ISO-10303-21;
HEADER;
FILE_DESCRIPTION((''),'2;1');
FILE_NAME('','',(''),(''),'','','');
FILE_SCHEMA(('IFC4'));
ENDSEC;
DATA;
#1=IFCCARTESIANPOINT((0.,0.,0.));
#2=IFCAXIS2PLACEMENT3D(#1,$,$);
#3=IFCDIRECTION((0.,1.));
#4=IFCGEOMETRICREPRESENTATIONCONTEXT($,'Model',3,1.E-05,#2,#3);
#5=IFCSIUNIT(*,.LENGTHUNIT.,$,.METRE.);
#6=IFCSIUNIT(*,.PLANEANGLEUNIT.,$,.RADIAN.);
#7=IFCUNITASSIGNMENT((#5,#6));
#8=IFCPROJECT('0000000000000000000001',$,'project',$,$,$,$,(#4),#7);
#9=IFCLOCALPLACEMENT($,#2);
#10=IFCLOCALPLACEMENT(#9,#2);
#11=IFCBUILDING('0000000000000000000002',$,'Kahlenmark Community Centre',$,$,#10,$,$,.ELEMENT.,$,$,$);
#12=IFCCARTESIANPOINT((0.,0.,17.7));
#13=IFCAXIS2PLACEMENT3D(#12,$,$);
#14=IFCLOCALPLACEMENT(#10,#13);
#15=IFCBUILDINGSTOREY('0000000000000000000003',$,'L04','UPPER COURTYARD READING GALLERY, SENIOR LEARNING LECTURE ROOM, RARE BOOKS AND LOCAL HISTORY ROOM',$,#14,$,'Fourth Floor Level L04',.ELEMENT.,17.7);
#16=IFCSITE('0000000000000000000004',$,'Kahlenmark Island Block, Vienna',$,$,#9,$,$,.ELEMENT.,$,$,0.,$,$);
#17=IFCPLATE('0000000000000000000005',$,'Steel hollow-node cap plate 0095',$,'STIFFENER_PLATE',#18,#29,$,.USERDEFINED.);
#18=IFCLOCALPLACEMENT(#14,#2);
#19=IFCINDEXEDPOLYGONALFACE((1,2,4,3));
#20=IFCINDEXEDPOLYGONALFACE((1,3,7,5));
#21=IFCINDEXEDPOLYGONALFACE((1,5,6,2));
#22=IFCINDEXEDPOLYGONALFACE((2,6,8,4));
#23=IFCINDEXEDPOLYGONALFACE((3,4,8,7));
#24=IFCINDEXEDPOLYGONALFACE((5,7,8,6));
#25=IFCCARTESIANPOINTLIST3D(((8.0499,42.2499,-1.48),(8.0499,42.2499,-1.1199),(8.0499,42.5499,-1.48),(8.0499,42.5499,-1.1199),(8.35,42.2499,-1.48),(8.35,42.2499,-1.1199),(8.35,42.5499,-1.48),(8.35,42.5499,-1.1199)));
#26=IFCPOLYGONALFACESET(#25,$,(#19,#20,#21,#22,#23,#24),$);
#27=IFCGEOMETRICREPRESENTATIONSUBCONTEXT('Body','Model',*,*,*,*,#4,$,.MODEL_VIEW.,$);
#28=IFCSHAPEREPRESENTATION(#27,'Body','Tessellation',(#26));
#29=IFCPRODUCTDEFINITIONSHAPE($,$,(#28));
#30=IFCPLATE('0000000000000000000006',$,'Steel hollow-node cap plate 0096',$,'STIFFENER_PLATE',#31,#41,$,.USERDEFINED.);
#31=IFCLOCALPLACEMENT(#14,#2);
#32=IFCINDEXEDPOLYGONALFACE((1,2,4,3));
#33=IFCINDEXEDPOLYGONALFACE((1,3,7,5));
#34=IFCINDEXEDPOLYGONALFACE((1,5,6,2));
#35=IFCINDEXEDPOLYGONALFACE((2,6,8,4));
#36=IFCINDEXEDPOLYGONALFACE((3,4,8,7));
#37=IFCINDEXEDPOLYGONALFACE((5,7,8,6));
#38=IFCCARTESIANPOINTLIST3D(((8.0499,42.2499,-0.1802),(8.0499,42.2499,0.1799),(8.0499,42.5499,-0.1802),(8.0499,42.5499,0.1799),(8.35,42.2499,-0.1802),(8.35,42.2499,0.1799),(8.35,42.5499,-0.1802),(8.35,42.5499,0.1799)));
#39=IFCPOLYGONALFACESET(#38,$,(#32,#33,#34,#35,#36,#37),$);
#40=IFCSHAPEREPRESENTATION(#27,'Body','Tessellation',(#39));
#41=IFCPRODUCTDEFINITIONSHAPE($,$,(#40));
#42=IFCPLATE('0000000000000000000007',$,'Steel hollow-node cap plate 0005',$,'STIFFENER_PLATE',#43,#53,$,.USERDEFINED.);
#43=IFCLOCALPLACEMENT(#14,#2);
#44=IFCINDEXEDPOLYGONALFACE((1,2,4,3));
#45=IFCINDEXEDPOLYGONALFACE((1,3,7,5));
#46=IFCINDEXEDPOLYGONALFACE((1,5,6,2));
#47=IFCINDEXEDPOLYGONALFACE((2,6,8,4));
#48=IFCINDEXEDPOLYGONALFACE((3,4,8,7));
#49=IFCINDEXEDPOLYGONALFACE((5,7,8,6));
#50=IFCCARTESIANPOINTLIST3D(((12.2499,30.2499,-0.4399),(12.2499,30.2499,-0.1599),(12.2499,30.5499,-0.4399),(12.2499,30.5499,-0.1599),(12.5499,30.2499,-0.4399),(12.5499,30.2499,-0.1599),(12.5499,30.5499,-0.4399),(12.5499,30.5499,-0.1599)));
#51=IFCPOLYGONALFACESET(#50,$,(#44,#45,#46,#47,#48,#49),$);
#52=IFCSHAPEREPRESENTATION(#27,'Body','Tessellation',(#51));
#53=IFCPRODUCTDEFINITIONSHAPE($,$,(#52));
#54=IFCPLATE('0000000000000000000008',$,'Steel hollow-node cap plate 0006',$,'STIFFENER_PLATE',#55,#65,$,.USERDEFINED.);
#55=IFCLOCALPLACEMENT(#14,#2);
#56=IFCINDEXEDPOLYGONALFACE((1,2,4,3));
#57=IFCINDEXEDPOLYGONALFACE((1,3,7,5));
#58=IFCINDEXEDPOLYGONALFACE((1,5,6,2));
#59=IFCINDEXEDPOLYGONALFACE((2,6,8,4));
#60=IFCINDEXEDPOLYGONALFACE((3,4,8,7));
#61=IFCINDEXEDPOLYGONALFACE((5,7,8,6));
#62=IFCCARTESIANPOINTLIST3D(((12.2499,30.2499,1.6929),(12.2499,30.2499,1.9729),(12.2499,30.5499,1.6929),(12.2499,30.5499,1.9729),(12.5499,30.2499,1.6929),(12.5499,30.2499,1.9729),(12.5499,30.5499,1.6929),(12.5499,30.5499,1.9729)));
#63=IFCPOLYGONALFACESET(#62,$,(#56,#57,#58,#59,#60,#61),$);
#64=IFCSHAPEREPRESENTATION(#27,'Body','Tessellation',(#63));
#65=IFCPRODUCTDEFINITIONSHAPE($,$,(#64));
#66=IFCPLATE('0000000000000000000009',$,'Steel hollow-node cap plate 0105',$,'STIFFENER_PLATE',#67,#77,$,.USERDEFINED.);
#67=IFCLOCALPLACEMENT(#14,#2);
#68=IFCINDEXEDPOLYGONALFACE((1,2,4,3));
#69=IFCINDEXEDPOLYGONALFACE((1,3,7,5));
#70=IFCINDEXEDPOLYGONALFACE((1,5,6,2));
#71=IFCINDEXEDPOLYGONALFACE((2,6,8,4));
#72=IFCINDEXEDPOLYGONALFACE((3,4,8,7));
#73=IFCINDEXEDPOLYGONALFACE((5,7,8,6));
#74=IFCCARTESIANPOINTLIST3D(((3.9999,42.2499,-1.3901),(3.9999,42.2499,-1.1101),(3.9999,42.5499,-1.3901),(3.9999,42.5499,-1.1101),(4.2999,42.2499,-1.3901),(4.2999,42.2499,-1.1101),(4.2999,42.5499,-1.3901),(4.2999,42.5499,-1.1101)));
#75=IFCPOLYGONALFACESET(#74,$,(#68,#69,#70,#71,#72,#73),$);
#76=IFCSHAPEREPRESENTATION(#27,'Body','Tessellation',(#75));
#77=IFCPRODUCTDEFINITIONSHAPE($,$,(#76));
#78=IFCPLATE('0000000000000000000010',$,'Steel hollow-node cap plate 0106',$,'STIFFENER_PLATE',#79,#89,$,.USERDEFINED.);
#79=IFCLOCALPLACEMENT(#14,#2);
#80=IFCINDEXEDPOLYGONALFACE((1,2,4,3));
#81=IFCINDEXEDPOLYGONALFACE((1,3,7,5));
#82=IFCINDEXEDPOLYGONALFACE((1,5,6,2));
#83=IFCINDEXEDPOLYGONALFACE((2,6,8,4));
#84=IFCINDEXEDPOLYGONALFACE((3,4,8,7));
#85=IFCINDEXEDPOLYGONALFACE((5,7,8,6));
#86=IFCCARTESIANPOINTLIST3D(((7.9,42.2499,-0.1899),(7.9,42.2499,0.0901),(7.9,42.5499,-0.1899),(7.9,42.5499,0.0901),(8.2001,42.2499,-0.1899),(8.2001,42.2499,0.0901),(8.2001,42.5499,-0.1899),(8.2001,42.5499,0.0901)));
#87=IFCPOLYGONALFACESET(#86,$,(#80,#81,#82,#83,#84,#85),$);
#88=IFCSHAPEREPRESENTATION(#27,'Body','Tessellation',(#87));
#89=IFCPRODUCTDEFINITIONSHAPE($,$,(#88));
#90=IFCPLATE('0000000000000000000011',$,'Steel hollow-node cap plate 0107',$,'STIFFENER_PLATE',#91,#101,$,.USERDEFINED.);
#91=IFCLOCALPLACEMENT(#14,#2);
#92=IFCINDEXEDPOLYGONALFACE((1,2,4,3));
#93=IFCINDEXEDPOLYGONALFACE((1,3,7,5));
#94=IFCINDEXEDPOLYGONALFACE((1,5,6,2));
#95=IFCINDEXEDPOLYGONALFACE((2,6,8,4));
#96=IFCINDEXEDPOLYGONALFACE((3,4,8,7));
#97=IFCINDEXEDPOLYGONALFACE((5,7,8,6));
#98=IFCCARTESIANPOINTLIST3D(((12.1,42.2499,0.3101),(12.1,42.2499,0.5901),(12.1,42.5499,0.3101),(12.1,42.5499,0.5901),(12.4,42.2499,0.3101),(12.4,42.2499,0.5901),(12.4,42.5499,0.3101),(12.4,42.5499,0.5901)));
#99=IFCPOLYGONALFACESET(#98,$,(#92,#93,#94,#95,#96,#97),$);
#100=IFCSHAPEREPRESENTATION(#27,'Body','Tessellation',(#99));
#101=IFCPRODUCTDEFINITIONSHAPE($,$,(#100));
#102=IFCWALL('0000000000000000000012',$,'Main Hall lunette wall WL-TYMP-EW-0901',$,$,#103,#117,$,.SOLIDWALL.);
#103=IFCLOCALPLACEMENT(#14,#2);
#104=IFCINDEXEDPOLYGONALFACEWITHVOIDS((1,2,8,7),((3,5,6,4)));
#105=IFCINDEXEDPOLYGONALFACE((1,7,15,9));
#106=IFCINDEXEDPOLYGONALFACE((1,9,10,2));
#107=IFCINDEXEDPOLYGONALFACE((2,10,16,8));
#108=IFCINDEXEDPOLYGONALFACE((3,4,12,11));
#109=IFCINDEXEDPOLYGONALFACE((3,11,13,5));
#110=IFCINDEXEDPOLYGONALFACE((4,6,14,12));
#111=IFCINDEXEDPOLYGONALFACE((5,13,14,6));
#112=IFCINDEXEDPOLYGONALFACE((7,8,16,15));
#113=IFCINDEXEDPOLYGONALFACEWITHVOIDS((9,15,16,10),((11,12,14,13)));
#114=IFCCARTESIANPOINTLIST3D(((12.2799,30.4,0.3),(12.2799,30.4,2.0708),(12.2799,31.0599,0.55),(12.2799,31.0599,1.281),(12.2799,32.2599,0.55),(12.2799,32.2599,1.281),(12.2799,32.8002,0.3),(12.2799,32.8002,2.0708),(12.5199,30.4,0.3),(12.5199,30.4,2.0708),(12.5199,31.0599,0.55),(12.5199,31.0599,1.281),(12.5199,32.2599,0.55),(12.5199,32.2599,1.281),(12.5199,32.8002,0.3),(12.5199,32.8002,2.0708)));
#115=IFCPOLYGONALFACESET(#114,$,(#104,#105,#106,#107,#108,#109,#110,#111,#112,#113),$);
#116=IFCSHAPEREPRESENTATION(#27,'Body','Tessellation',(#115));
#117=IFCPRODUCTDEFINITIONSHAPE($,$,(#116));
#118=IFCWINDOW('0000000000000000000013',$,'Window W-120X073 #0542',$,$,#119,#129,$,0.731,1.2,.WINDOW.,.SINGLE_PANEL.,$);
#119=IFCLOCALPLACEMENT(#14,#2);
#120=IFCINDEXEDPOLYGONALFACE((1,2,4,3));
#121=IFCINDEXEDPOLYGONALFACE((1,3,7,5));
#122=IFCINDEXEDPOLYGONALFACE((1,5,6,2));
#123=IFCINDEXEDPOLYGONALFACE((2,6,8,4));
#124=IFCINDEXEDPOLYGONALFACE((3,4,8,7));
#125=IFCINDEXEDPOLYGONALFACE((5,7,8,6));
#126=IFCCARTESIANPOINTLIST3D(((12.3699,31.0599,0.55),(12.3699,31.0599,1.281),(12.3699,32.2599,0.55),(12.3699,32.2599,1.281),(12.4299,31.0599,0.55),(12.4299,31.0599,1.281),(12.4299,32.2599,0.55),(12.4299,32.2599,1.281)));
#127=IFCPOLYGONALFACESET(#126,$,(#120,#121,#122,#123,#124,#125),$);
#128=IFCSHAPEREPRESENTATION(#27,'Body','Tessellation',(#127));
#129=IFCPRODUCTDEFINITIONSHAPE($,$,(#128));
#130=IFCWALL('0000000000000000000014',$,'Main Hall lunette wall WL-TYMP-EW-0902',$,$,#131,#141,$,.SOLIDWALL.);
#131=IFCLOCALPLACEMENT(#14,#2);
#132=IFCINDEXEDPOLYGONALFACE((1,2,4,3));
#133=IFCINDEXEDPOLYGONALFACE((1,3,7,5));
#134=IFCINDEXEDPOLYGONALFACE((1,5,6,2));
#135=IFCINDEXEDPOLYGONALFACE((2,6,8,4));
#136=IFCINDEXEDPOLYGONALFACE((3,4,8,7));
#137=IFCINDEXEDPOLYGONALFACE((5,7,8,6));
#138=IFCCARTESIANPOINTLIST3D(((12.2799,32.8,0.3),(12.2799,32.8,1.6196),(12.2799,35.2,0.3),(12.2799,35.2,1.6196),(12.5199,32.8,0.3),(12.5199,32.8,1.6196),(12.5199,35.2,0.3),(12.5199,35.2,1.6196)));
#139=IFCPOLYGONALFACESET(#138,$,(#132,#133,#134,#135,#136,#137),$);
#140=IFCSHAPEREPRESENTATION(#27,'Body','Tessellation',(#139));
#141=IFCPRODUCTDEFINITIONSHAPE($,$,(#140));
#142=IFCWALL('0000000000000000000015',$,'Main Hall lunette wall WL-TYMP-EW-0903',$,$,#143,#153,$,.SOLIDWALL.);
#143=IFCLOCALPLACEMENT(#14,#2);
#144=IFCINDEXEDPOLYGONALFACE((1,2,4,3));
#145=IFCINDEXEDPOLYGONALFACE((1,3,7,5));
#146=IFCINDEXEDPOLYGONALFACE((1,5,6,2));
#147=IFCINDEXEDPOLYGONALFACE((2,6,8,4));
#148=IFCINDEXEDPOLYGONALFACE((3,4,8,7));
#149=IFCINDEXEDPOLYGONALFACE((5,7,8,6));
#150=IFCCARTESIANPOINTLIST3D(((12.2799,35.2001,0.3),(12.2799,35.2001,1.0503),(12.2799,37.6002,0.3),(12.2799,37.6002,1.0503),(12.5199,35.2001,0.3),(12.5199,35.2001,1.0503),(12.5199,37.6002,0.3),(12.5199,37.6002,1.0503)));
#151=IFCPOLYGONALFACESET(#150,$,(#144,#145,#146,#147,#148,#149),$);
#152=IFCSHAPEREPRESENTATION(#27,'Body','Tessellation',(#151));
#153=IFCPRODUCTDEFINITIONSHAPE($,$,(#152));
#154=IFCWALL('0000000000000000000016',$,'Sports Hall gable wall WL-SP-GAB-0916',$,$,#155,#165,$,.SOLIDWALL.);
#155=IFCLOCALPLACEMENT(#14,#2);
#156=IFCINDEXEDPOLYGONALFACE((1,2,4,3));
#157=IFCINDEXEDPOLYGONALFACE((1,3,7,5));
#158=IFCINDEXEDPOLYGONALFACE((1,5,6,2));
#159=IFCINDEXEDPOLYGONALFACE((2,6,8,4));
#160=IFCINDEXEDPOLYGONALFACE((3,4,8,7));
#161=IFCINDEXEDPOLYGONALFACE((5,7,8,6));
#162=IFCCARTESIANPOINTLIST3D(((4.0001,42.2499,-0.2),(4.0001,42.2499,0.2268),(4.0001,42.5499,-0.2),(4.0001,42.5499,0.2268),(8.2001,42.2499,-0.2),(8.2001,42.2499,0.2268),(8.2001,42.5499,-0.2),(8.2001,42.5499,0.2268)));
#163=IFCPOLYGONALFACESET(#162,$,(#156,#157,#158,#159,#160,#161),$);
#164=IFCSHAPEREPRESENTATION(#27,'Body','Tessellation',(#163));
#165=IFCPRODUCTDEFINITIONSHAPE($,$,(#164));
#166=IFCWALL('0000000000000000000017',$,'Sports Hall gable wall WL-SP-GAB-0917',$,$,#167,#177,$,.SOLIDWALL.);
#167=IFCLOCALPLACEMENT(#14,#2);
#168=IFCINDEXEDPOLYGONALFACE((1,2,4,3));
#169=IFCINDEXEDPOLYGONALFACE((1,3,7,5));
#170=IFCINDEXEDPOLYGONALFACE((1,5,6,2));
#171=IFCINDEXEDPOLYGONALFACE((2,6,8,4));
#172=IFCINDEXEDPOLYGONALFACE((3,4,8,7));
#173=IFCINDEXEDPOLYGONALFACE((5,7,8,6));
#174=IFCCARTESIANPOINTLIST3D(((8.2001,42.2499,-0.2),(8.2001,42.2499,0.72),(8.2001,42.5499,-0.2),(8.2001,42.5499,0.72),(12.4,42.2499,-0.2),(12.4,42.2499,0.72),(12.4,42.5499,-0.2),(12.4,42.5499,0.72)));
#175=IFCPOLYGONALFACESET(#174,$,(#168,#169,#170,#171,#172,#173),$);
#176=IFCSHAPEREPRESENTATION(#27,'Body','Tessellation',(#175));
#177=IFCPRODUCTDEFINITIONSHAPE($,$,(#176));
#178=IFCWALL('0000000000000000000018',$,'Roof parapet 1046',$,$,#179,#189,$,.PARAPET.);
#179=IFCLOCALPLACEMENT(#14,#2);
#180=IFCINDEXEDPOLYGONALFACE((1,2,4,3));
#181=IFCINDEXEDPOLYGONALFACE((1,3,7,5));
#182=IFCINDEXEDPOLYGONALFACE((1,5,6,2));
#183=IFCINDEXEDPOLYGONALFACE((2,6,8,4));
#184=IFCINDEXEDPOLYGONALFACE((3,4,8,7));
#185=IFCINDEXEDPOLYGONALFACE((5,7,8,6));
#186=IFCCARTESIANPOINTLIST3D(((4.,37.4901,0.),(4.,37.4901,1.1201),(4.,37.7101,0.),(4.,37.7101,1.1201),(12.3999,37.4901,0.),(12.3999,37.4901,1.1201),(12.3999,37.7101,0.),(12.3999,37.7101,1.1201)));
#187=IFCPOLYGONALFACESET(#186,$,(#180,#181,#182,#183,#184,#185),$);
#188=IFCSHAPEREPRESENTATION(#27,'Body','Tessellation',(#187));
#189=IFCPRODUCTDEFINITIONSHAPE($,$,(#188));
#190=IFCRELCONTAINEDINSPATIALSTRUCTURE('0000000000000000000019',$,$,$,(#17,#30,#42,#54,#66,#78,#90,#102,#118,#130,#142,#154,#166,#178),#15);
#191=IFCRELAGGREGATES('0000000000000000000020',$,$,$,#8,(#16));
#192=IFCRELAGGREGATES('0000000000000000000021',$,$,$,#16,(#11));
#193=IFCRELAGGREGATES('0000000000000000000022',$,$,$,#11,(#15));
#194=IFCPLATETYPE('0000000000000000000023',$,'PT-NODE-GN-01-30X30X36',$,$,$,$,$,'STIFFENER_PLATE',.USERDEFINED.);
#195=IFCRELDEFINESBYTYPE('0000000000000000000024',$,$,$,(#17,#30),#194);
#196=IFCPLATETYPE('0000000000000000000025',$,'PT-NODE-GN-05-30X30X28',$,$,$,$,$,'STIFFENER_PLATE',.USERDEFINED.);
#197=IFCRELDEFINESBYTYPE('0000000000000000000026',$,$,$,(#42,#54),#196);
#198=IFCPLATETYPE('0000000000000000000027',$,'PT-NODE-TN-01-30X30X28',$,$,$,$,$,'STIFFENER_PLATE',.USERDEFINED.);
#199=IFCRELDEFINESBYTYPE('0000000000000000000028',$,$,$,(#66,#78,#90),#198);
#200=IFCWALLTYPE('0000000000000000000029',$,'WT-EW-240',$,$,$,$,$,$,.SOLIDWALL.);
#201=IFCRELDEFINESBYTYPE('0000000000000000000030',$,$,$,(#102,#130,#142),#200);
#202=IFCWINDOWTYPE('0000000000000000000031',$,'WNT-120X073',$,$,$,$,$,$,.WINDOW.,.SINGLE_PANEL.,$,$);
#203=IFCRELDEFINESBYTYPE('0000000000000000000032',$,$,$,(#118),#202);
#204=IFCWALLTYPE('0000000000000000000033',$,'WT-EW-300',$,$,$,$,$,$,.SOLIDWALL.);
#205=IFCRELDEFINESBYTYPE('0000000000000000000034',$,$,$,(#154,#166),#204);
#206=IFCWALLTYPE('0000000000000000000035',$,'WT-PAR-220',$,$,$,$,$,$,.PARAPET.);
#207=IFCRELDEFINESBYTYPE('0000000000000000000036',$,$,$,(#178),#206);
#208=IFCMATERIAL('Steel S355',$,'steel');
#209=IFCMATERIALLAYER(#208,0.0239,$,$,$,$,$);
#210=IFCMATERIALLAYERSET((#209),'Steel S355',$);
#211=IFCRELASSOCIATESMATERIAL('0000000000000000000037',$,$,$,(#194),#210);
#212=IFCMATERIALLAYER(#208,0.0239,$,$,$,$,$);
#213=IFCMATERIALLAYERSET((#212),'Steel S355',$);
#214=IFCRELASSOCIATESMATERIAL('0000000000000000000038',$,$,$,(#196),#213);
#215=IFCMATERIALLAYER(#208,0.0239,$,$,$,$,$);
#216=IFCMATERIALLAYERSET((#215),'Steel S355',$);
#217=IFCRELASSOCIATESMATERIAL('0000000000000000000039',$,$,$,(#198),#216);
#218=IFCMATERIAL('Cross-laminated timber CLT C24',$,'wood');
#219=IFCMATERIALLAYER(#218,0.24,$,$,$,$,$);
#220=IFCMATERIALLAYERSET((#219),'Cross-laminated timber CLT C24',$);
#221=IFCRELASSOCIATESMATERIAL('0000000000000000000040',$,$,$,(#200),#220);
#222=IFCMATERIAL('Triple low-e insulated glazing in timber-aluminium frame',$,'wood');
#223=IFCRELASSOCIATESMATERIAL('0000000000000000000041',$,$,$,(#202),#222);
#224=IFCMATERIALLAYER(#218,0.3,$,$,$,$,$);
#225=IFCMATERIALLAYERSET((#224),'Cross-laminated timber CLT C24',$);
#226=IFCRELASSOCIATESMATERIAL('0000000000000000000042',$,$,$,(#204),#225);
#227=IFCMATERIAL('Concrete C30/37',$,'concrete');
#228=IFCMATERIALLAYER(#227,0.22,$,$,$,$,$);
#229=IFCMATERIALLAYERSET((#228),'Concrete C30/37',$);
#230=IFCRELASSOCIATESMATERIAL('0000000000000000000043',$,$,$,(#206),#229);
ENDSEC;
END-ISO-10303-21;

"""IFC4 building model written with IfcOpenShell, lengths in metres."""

from ifc_helpers import new_model, si_unit, direction, frame, frame_2d, origin, origin_2d, place, context, subcontext, project, spatial, rectangle, extrude, material, layer, layer_set, type_object, element, fill, save


model = new_model("IFC4")

# Units and contexts
model_context = context("Model", 3, precision=1e-05, world=origin(), true_north=direction((0.0, 1.0)))
body_context = subcontext(model_context, "Body", "Model", "MODEL_VIEW")
ifc_project = project(units=[si_unit("LENGTHUNIT", "METRE"), si_unit("PLANEANGLEUNIT", "RADIAN")], contexts=[model_context])

# Site, building, storey
site_placement = place(None, origin())
site = spatial("IfcSite", under=ifc_project, at=site_placement, Name="Kahlenmark Island Block, Vienna", CompositionType="ELEMENT", RefElevation=0.0)
building_placement = place(site_placement, origin())
building = spatial("IfcBuilding", under=site, at=building_placement, Name="Kahlenmark Community Centre", CompositionType="ELEMENT")
storey_placement = place(building_placement, frame((0.0, 0.0, 17.7)))
storey = spatial("IfcBuildingStorey", under=building, at=storey_placement, Name="L04", Description="UPPER COURTYARD READING GALLERY, SENIOR LEARNING LECTURE ROOM, RARE BOOKS AND LOCAL HISTORY ROOM", LongName="Fourth Floor Level L04", CompositionType="ELEMENT", Elevation=17.7)

# Shared definitions
ifc_material_1 = material(Name="Steel S355", Category="steel")

# Plates
ifc_layer_1 = layer(ifc_material_1, 0.0239)
ifc_layer_set_1 = layer_set([ifc_layer_1], Name="Steel S355")
plate_type_1 = type_object("IfcPlateType", Name="PT-NODE-GN-01-30X30X36", ElementType="STIFFENER_PLATE", PredefinedType="USERDEFINED", material=ifc_layer_set_1)
for number, where, z_axis, x_axis, name in (
    (1, (8.2, 42.3999, -1.48), (0.0, 0.0, 1.0), (1.0, 0.0, 0.0), "Steel hollow-node cap plate 0095"),
    (2, (8.2, 42.3999, -0.1802), (0.0, 0.0, 1.0), (1.0, 0.0, 0.0), "Steel hollow-node cap plate 0096"),
):
    element("IfcPlate", number, at=place(storey_placement, frame(where, z_axis=z_axis, x_axis=x_axis)), inside=storey, type_object=plate_type_1, Name=name, ObjectType="STIFFENER_PLATE", PredefinedType="USERDEFINED", context=body_context, shape_type="SweptSolid", body=[
        extrude(rectangle(XDim=0.3, YDim=0.3, at=origin_2d()), origin(), (0.0, 0.0, 1.0), 0.3601),
    ])
ifc_layer_2 = layer(ifc_material_1, 0.0239)
ifc_layer_set_2 = layer_set([ifc_layer_2], Name="Steel S355")
plate_type_2 = type_object("IfcPlateType", Name="PT-NODE-GN-05-30X30X28", ElementType="STIFFENER_PLATE", PredefinedType="USERDEFINED", material=ifc_layer_set_2)
for number, where, z_axis, x_axis, name in (
    (3, (12.3999, 30.3999, -0.4399), (0.0, 0.0, 1.0), (1.0, 0.0, 0.0), "Steel hollow-node cap plate 0005"),
    (4, (12.3999, 30.3999, 1.6929), (0.0, 0.0, 1.0), (1.0, 0.0, 0.0), "Steel hollow-node cap plate 0006"),
):
    element("IfcPlate", number, at=place(storey_placement, frame(where, z_axis=z_axis, x_axis=x_axis)), inside=storey, type_object=plate_type_2, Name=name, ObjectType="STIFFENER_PLATE", PredefinedType="USERDEFINED", context=body_context, shape_type="SweptSolid", body=[
        extrude(rectangle(XDim=0.3, YDim=0.3, at=origin_2d()), origin(), (0.0, 0.0, 1.0), 0.28),
    ])
ifc_layer_3 = layer(ifc_material_1, 0.0239)
ifc_layer_set_3 = layer_set([ifc_layer_3], Name="Steel S355")
plate_type_3 = type_object("IfcPlateType", Name="PT-NODE-TN-01-30X30X28", ElementType="STIFFENER_PLATE", PredefinedType="USERDEFINED", material=ifc_layer_set_3)
for number, where, z_axis, x_axis, name in (
    (5, (4.1499, 42.3999, -1.3901), (0.0, 0.0, 1.0), (1.0, 0.0, 0.0), "Steel hollow-node cap plate 0105"),
    (6, (8.05, 42.3999, -0.1899), (0.0, 0.0, 1.0), (1.0, 0.0, 0.0), "Steel hollow-node cap plate 0106"),
    (7, (12.25, 42.3999, 0.3101), (0.0, 0.0, 1.0), (1.0, 0.0, 0.0), "Steel hollow-node cap plate 0107"),
):
    element("IfcPlate", number, at=place(storey_placement, frame(where, z_axis=z_axis, x_axis=x_axis)), inside=storey, type_object=plate_type_3, Name=name, ObjectType="STIFFENER_PLATE", PredefinedType="USERDEFINED", context=body_context, shape_type="SweptSolid", body=[
        extrude(rectangle(XDim=0.3, YDim=0.3, at=origin_2d()), origin(), (0.0, 0.0, 1.0), 0.28),
    ])

# Wall, opening, window
ifc_material_2 = material(Name="Cross-laminated timber CLT C24", Category="wood")
ifc_layer_4 = layer(ifc_material_2, 0.24)
ifc_layer_set_4 = layer_set([ifc_layer_4], Name="Cross-laminated timber CLT C24")
wall_type_1 = type_object("IfcWallType", Name="WT-EW-240", PredefinedType="SOLIDWALL", material=ifc_layer_set_4)
wall_1_placement = place(storey_placement, frame((12.3999, 30.3999, 0.3), z_axis=(0.0, 0.0, 1.0), x_axis=(0.0, 1.0, 0.0)))
wall_1 = element("IfcWall", 8, at=wall_1_placement, inside=storey, type_object=wall_type_1, Name="Main Hall lunette wall WL-TYMP-EW-0901", PredefinedType="SOLIDWALL", context=body_context, shape_type="SweptSolid", body=[
    extrude(rectangle(XDim=2.4001, YDim=0.24, at=frame_2d((1.2002, 0.0))), origin(), (0.0, 0.0, 1.0), 1.7708),
])
opening_placement = place(wall_1_placement, frame((0.6599, 0.0, 0.25)))
opening = element("IfcOpeningElement", 9, at=opening_placement, cuts=wall_1, PredefinedType="OPENING", context=body_context, shape_type="SweptSolid", body=[
    extrude(rectangle(XDim=1.2, YDim=0.731, at=frame_2d((0.6001, 0.3655))), frame((0.0, 0.1299, 0.0), z_axis=(0.0, -1.0, 0.0), x_axis=(1.0, 0.0, 0.0)), (0.0, 0.0, 1.0), 0.26),
])
ifc_material_3 = material(Name="Triple low-e insulated glazing in timber-aluminium frame", Category="wood")
window_type = type_object("IfcWindowType", Name="WNT-120X073", PartitioningType="SINGLE_PANEL", PredefinedType="WINDOW", material=ifc_material_3)
window_placement = place(opening_placement, origin())
window = element("IfcWindow", 10, at=window_placement, inside=storey, type_object=window_type, Name="Window W-120X073 #0542", OverallHeight=0.731, OverallWidth=1.2, PartitioningType="SINGLE_PANEL", PredefinedType="WINDOW", context=body_context, shape_type="SweptSolid", body=[
    extrude(rectangle(XDim=1.2, YDim=0.731, at=frame_2d((0.6001, 0.3655))), frame((0.0, 0.03, 0.0), z_axis=(0.0, -1.0, 0.0), x_axis=(1.0, 0.0, 0.0)), (0.0, 0.0, 1.0), 0.0601),
])
fill(opening, window)

# Walls
wall_2_placement = place(storey_placement, frame((12.3999, 32.8, 0.3), z_axis=(0.0, 0.0, 1.0), x_axis=(0.0, 1.0, 0.0)))
element("IfcWall", 11, at=wall_2_placement, inside=storey, type_object=wall_type_1, Name="Main Hall lunette wall WL-TYMP-EW-0902", PredefinedType="SOLIDWALL", context=body_context, shape_type="SweptSolid", body=[
    extrude(rectangle(XDim=2.3999, YDim=0.24, at=frame_2d((1.2, 0.0))), origin(), (0.0, 0.0, 1.0), 1.3196),
])
wall_3_placement = place(storey_placement, frame((12.3999, 35.2, 0.3), z_axis=(0.0, 0.0, 1.0), x_axis=(0.0, 1.0, 0.0)))
element("IfcWall", 12, at=wall_3_placement, inside=storey, type_object=wall_type_1, Name="Main Hall lunette wall WL-TYMP-EW-0903", PredefinedType="SOLIDWALL", context=body_context, shape_type="SweptSolid", body=[
    extrude(rectangle(XDim=2.4001, YDim=0.24, at=frame_2d((1.2002, 0.0))), origin(), (0.0, 0.0, 1.0), 0.7502),
])
ifc_layer_5 = layer(ifc_material_2, 0.3)
ifc_layer_set_5 = layer_set([ifc_layer_5], Name="Cross-laminated timber CLT C24")
wall_type_2 = type_object("IfcWallType", Name="WT-EW-300", PredefinedType="SOLIDWALL", material=ifc_layer_set_5)
wall_4_placement = place(storey_placement, frame((4.0, 42.3999, -0.2), z_axis=(0.0, 0.0, 1.0), x_axis=(1.0, 0.0, 0.0)))
element("IfcWall", 13, at=wall_4_placement, inside=storey, type_object=wall_type_2, Name="Sports Hall gable wall WL-SP-GAB-0916", PredefinedType="SOLIDWALL", context=body_context, shape_type="SweptSolid", body=[
    extrude(rectangle(XDim=4.2, YDim=0.3, at=frame_2d((2.1001, 0.0))), origin(), (0.0, 0.0, 1.0), 0.4268),
])
wall_5_placement = place(storey_placement, frame((8.2, 42.3999, -0.2), z_axis=(0.0, 0.0, 1.0), x_axis=(1.0, 0.0, 0.0)))
element("IfcWall", 14, at=wall_5_placement, inside=storey, type_object=wall_type_2, Name="Sports Hall gable wall WL-SP-GAB-0917", PredefinedType="SOLIDWALL", context=body_context, shape_type="SweptSolid", body=[
    extrude(rectangle(XDim=4.2, YDim=0.3, at=frame_2d((2.1001, 0.0))), origin(), (0.0, 0.0, 1.0), 0.9199),
])
ifc_material_4 = material(Name="Concrete C30/37", Category="concrete")
ifc_layer_6 = layer(ifc_material_4, 0.22)
ifc_layer_set_6 = layer_set([ifc_layer_6], Name="Concrete C30/37")
wall_type_3 = type_object("IfcWallType", Name="WT-PAR-220", PredefinedType="PARAPET", material=ifc_layer_set_6)
wall_6_placement = place(storey_placement, frame((4.0, 37.6001, 0.0), z_axis=(0.0, 0.0, 1.0), x_axis=(1.0, 0.0, 0.0)))
element("IfcWall", 15, at=wall_6_placement, inside=storey, type_object=wall_type_3, Name="Roof parapet 1046", PredefinedType="PARAPET", context=body_context, shape_type="SweptSolid", body=[
    extrude(rectangle(XDim=8.3999, YDim=0.22, at=frame_2d((4.2, 0.0))), origin(), (0.0, 0.0, 1.0), 1.1201),
])

save(model, "model.ifc")
